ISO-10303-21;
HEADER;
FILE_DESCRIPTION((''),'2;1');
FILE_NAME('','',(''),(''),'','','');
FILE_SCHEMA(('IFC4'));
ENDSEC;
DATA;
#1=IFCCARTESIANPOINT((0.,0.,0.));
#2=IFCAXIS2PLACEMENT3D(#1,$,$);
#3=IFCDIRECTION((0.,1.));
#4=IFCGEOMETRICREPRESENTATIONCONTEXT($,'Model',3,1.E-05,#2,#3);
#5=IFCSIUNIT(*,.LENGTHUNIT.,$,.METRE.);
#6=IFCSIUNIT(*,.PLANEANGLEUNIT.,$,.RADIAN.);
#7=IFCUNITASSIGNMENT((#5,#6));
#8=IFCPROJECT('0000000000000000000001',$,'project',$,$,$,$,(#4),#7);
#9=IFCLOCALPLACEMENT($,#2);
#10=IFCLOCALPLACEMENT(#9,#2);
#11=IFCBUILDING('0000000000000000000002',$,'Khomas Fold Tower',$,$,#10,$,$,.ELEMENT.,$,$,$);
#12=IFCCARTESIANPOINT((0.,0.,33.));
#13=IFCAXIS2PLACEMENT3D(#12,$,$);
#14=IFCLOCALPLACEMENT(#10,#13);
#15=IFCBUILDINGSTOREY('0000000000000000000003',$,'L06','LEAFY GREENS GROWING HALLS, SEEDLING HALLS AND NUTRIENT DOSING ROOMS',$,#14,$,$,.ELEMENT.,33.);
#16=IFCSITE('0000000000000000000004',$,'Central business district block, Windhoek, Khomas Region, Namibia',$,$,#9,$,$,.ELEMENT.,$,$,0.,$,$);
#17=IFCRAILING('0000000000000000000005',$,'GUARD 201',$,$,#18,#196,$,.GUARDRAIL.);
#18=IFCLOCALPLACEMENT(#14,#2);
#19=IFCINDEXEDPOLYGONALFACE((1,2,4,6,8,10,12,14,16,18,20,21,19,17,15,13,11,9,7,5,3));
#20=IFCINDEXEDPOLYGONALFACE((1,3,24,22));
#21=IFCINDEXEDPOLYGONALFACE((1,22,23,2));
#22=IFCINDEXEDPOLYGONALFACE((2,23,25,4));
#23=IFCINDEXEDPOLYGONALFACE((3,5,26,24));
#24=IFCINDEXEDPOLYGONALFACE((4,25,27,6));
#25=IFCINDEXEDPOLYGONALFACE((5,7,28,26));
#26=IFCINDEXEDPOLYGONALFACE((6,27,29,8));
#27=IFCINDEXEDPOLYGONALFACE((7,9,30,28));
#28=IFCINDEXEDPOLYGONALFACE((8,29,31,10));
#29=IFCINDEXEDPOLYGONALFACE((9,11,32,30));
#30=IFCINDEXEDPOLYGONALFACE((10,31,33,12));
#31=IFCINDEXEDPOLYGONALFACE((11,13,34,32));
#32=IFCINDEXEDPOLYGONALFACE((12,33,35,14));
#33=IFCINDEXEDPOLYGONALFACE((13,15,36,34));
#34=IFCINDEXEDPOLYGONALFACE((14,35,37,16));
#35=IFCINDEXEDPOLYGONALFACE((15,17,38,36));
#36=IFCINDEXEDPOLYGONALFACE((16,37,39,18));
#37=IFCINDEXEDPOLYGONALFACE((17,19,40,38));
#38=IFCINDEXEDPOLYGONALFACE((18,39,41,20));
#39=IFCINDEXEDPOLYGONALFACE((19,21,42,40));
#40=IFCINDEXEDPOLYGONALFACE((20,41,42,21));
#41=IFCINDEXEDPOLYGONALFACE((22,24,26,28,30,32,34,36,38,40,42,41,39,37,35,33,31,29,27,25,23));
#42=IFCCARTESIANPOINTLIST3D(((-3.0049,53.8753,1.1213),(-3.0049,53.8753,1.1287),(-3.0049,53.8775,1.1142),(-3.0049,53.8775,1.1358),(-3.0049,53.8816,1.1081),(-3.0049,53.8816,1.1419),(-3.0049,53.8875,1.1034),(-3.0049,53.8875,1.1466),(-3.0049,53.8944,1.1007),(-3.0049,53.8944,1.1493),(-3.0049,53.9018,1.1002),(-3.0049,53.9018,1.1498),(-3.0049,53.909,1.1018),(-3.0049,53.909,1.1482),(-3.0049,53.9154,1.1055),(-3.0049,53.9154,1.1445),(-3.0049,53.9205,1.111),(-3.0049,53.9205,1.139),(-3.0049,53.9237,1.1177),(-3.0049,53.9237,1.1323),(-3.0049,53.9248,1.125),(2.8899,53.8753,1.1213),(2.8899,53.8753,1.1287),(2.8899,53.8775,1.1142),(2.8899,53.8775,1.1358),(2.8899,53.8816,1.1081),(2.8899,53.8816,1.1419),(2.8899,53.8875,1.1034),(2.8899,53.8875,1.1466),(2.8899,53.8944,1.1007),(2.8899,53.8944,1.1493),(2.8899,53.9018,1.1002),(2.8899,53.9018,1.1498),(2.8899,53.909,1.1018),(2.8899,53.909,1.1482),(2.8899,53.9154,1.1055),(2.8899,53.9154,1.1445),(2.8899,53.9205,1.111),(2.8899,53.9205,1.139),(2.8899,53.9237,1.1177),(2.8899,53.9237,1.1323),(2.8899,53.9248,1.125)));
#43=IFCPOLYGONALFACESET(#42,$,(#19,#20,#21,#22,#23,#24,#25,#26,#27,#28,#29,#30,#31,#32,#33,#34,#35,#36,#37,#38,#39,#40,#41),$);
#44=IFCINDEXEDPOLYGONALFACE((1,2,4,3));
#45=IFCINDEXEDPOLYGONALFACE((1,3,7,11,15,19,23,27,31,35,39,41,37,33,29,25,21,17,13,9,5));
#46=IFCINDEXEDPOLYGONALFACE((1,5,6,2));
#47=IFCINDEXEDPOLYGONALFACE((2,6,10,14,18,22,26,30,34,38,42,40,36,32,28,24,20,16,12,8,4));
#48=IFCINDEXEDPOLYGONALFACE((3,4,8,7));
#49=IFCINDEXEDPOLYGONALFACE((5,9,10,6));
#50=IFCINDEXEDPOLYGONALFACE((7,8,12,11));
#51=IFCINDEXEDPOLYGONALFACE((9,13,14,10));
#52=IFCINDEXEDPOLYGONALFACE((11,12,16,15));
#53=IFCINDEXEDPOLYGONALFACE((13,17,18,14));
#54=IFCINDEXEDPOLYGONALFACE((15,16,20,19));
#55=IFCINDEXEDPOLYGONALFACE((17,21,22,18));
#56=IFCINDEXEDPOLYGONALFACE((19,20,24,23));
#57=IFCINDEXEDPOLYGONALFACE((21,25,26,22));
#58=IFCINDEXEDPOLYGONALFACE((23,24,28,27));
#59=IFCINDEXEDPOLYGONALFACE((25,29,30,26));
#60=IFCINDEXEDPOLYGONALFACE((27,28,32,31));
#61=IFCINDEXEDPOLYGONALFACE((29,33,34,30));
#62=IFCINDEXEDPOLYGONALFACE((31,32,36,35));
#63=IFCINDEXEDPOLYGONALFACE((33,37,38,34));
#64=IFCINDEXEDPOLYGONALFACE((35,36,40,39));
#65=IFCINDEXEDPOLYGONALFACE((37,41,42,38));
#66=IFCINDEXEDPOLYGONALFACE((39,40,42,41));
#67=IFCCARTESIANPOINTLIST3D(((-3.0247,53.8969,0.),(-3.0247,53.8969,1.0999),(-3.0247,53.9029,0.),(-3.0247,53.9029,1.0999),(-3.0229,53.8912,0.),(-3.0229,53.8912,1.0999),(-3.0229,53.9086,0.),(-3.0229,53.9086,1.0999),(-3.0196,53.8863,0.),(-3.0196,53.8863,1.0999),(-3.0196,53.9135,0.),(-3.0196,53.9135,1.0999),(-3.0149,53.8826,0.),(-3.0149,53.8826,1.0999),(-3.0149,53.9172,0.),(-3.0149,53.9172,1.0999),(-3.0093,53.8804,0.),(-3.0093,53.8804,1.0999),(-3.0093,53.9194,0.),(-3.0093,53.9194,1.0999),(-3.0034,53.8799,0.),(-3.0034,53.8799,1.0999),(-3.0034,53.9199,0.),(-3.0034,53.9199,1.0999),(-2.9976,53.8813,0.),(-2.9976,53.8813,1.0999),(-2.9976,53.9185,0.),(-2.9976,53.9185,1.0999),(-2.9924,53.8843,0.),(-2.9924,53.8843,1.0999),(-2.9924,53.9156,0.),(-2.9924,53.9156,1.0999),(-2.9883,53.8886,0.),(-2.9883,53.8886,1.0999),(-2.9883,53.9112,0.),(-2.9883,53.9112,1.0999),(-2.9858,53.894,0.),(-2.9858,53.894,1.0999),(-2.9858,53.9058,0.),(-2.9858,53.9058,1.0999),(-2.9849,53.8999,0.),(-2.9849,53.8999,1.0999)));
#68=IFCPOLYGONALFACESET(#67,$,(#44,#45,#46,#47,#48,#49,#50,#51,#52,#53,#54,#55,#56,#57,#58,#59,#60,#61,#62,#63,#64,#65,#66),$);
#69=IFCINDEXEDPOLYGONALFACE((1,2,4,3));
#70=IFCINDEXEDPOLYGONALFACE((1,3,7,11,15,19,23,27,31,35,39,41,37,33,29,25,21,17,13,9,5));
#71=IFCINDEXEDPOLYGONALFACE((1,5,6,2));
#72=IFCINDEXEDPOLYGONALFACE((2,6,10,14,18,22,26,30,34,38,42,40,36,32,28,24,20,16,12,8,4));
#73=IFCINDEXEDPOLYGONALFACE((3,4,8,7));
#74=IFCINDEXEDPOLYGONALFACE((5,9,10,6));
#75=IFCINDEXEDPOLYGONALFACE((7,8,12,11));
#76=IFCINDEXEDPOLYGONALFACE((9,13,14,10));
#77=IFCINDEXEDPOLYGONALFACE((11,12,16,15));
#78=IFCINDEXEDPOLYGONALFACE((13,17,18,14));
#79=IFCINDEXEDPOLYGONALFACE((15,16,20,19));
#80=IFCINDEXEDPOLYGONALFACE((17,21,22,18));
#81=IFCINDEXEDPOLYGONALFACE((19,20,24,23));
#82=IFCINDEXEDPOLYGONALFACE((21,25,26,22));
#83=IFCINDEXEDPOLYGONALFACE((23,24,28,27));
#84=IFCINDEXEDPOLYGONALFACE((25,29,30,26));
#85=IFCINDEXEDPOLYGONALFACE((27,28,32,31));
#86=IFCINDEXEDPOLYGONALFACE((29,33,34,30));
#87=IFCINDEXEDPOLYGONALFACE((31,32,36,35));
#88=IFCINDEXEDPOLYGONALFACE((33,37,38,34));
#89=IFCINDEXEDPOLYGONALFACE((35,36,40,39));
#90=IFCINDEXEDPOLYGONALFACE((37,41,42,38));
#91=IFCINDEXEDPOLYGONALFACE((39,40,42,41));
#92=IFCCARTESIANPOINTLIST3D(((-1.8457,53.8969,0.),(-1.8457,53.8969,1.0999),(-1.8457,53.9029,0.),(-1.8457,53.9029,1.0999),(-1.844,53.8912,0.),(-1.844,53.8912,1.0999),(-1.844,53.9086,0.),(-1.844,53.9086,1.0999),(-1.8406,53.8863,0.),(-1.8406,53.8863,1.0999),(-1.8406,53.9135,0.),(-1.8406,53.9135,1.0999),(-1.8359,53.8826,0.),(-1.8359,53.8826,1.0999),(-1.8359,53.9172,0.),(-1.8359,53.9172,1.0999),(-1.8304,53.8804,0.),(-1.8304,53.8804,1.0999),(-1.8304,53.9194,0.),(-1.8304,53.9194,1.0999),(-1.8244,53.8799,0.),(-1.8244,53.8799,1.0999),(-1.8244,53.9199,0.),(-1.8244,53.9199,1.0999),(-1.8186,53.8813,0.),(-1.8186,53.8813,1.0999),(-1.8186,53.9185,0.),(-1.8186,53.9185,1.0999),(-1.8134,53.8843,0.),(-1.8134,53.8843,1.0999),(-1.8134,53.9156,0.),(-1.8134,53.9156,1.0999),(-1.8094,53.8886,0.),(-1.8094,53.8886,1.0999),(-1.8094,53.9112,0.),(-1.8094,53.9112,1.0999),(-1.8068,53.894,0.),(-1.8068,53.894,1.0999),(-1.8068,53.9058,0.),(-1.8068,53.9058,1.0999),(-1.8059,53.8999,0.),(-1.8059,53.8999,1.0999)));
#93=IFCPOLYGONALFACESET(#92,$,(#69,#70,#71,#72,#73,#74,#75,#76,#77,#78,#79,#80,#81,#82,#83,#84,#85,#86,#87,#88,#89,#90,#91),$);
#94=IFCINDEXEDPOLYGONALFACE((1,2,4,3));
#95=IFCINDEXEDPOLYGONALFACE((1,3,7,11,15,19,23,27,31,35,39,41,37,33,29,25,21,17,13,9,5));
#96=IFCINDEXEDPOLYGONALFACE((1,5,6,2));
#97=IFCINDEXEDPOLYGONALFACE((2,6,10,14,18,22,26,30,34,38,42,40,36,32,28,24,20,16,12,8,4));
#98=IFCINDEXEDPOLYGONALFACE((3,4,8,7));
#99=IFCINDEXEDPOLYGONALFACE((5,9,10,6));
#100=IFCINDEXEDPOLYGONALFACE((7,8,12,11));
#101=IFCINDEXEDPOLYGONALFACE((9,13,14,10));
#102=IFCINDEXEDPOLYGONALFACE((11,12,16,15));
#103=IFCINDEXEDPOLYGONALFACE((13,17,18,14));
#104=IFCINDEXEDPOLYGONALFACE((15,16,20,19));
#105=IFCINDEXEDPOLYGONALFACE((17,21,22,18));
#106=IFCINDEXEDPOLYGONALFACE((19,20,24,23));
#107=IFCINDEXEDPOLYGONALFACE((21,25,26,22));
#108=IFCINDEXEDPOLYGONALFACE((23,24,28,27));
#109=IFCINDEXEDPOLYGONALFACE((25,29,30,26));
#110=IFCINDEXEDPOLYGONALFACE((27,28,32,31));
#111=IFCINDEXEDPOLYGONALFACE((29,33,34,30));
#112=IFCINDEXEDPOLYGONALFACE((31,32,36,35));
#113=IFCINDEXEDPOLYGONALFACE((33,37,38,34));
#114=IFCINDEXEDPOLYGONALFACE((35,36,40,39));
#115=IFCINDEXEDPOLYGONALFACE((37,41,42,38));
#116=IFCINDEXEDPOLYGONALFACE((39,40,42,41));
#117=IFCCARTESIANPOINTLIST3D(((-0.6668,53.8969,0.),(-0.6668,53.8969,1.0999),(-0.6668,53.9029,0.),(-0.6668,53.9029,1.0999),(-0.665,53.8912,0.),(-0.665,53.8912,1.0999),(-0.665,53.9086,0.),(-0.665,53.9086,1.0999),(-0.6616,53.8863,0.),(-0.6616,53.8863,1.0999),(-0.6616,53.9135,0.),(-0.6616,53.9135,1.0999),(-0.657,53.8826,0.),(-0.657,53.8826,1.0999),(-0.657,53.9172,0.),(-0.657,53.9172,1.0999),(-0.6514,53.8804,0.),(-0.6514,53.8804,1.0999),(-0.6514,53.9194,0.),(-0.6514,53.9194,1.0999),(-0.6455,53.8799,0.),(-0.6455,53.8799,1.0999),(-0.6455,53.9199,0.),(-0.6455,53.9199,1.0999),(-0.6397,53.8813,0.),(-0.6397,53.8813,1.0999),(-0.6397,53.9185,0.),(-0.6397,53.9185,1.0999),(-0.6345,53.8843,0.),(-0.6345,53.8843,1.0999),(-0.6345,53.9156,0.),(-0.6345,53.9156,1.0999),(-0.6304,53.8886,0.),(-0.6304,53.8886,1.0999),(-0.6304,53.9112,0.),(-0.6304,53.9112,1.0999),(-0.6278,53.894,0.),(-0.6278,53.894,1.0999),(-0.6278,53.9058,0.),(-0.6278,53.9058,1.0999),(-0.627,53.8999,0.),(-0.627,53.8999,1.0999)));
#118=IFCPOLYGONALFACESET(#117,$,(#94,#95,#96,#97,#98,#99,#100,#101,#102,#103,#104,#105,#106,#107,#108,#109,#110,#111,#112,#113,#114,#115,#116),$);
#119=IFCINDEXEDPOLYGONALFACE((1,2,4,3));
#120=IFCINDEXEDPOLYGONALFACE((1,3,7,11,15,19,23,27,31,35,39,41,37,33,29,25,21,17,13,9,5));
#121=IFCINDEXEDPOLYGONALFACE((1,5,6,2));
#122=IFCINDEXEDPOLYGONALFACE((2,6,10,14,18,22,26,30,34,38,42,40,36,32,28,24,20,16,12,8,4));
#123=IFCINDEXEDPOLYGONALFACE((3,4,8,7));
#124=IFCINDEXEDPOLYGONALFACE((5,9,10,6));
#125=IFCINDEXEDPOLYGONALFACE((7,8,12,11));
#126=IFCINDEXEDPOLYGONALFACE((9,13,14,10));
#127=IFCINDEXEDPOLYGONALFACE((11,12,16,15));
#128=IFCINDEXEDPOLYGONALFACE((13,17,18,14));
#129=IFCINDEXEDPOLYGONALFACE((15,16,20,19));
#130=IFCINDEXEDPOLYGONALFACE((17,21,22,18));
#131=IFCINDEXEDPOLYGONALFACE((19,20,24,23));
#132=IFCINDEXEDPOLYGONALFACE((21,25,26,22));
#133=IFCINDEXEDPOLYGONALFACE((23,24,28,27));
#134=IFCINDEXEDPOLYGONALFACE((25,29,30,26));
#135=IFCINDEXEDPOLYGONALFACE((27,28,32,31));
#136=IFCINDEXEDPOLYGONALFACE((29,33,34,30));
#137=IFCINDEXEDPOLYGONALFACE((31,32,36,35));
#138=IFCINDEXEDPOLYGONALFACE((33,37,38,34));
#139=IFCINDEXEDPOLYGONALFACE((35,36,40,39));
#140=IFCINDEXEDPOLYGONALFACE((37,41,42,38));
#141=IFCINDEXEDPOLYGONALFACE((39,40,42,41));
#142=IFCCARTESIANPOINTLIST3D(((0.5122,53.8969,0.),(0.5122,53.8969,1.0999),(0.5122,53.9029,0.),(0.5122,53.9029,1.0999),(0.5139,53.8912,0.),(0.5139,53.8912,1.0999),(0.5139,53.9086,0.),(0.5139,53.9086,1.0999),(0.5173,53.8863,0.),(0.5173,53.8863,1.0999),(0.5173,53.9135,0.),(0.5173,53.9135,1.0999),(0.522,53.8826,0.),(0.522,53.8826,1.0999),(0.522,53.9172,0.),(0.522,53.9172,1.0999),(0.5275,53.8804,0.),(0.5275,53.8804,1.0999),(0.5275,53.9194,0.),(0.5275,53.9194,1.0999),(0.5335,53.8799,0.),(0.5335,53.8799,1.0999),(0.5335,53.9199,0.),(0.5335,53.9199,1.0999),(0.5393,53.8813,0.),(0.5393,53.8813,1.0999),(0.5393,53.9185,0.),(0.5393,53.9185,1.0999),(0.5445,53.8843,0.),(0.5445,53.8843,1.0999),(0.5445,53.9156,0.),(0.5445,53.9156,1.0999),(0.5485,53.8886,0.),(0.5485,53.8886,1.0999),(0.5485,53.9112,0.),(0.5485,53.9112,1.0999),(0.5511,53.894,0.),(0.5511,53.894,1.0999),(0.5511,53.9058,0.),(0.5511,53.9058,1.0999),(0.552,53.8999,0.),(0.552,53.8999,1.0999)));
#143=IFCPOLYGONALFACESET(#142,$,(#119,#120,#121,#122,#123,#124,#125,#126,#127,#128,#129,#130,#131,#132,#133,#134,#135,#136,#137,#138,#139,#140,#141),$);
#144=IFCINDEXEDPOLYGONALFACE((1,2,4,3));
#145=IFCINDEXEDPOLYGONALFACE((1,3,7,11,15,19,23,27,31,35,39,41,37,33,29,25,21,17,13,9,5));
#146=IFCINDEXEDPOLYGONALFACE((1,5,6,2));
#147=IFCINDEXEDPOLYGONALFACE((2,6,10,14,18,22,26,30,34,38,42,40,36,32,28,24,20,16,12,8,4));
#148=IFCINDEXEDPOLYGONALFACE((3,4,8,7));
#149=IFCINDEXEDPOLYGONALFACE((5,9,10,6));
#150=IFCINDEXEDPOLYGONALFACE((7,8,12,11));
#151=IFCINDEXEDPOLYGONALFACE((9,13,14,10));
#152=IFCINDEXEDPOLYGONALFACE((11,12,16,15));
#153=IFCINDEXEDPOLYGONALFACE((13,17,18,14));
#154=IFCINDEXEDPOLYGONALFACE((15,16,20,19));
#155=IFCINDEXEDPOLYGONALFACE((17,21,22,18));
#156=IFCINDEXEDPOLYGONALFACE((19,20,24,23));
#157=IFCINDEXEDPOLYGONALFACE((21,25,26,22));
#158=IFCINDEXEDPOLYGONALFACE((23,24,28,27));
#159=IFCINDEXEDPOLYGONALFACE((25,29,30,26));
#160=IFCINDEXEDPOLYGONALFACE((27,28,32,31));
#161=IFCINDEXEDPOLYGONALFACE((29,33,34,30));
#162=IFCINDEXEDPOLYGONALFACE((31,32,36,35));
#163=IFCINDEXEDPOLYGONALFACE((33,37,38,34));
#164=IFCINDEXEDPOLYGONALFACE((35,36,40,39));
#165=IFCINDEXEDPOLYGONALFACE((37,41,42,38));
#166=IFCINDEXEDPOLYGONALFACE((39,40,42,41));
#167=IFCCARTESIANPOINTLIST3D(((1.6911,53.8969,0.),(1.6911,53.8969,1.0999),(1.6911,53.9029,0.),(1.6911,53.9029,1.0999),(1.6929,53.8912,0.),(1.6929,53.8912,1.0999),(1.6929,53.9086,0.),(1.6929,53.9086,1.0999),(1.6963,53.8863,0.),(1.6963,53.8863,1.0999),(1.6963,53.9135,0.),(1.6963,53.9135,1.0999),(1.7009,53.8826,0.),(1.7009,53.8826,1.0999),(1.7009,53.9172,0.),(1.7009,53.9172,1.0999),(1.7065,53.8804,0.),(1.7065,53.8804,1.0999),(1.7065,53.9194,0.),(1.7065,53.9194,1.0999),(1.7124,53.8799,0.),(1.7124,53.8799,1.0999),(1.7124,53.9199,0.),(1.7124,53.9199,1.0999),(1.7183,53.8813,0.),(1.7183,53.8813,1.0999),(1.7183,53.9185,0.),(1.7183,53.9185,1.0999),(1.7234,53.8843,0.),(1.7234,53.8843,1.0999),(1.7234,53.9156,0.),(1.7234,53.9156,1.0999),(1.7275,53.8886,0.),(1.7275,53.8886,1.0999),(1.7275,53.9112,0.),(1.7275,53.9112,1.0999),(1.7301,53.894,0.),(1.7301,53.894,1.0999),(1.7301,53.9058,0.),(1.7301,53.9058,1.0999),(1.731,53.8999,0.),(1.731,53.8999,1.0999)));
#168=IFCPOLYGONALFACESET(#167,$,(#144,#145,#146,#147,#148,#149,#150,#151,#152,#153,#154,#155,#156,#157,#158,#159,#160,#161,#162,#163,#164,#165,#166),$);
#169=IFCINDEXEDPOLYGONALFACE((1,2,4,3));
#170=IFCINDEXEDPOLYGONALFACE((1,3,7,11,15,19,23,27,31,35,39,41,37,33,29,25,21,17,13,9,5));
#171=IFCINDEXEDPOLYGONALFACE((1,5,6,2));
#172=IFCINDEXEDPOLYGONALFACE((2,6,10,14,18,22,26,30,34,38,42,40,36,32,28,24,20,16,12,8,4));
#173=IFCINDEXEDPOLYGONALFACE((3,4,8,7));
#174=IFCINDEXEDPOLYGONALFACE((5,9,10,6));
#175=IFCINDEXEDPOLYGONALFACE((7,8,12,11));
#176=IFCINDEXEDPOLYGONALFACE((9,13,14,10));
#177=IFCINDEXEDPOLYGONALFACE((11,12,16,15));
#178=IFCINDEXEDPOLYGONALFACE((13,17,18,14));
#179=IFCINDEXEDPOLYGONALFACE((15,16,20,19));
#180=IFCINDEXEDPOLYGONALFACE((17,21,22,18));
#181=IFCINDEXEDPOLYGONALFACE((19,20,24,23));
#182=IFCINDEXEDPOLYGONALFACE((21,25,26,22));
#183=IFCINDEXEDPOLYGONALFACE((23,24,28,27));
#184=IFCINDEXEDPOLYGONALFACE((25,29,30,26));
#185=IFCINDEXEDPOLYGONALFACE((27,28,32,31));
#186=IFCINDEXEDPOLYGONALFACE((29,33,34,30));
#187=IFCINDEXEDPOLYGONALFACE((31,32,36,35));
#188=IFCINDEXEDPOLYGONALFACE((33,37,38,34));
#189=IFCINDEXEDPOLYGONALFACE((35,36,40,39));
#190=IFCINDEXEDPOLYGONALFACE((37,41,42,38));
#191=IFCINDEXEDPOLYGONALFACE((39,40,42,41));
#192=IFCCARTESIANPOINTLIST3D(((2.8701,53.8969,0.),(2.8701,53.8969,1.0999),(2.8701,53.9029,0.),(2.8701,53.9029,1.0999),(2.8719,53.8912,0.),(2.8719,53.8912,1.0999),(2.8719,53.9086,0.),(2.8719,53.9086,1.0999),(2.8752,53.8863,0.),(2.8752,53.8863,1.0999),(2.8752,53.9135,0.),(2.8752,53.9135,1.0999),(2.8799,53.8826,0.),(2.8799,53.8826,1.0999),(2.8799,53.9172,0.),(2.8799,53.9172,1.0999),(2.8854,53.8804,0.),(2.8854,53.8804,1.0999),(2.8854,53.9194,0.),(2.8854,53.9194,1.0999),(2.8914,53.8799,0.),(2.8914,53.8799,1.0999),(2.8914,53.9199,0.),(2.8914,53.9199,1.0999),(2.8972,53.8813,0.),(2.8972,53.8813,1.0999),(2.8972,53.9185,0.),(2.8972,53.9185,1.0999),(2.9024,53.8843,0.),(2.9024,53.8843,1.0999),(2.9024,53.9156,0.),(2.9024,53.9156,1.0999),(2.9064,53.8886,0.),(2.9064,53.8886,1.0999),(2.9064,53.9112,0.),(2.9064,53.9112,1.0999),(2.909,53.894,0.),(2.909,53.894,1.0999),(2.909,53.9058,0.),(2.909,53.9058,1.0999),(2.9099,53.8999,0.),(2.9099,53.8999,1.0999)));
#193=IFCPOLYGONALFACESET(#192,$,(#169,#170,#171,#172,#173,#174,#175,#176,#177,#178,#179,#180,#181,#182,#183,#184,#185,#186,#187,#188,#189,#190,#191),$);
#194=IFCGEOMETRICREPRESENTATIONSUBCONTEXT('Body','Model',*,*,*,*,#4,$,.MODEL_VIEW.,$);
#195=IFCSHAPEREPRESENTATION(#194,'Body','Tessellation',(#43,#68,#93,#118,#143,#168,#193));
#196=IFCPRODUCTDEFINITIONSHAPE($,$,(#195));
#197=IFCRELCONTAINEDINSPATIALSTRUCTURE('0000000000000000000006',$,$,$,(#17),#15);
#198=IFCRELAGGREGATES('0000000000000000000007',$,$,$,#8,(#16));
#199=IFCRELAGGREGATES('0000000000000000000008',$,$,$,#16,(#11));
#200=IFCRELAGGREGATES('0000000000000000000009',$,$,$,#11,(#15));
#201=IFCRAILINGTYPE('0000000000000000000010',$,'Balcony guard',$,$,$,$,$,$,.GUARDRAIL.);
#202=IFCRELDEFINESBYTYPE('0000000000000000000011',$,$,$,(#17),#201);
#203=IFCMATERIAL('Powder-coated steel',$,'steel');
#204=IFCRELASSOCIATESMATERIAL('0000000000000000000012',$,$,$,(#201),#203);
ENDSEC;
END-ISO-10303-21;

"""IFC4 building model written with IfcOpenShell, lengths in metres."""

from ifc_helpers import new_model, si_unit, direction, frame, origin, origin_2d, place, context, subcontext, project, spatial, circle, extrude, source, transform, mapped, material, type_object, element, save


model = new_model("IFC4")

# Units and contexts
model_context = context("Model", 3, precision=1e-05, world=origin(), true_north=direction((0.0, 1.0)))
body_context = subcontext(model_context, "Body", "Model", "MODEL_VIEW")
ifc_project = project(units=[si_unit("LENGTHUNIT", "METRE"), si_unit("PLANEANGLEUNIT", "RADIAN")], contexts=[model_context])

# Site, building, storey
site_placement = place(None, origin())
site = spatial("IfcSite", under=ifc_project, at=site_placement, Name="Central business district block, Windhoek, Khomas Region, Namibia", CompositionType="ELEMENT", RefElevation=0.0)
building_placement = place(site_placement, origin())
building = spatial("IfcBuilding", under=site, at=building_placement, Name="Khomas Fold Tower", CompositionType="ELEMENT")
storey_placement = place(building_placement, frame((0.0, 0.0, 33.0)))
storey = spatial("IfcBuildingStorey", under=building, at=storey_placement, Name="L06", Description="LEAFY GREENS GROWING HALLS, SEEDLING HALLS AND NUTRIENT DOSING ROOMS", CompositionType="ELEMENT", Elevation=33.0)

# Railing
ifc_material_1 = material(Name="Powder-coated steel", Category="steel")
railing_type_1 = type_object("IfcRailingType", Name="Balcony guard", PredefinedType="GUARDRAIL", material=ifc_material_1)
shared_shape_1 = source(origin(), body_context, "Body", "SweptSolid", [
    extrude(circle(Radius=0.0249, at=origin_2d()), frame((0.0, 0.0, 1.125), z_axis=(1.0, 0.0, 0.0), x_axis=(0.0, 1.0, 0.0)), (0.0, 0.0, 1.0), 5.8948),
    extrude(circle(Radius=0.02, at=origin_2d()), origin(), (0.0, 0.0, 1.0), 1.0999),
    extrude(circle(Radius=0.02, at=origin_2d()), frame((1.179, 0.0, 0.0)), (0.0, 0.0, 1.0), 1.0999),
    extrude(circle(Radius=0.02, at=origin_2d()), frame((2.3579, 0.0, 0.0)), (0.0, 0.0, 1.0), 1.0999),
    extrude(circle(Radius=0.02, at=origin_2d()), frame((3.5369, 0.0, 0.0)), (0.0, 0.0, 1.0), 1.0999),
    extrude(circle(Radius=0.02, at=origin_2d()), frame((4.7158, 0.0, 0.0)), (0.0, 0.0, 1.0), 1.0999),
    extrude(circle(Radius=0.02, at=origin_2d()), frame((5.8948, 0.0, 0.0)), (0.0, 0.0, 1.0), 1.0999),
])
railing_1_placement = place(storey_placement, frame((-3.0049, 53.8999, 0.0)))
element("IfcRailing", 1, at=railing_1_placement, inside=storey, type_object=railing_type_1, Name="GUARD 201", PredefinedType="GUARDRAIL", context=body_context, shape_type="MappedRepresentation", body=[
    mapped(shared_shape_1, transform((0.0, 0.0, 0.0))),
])

save(model, "model.ifc")
